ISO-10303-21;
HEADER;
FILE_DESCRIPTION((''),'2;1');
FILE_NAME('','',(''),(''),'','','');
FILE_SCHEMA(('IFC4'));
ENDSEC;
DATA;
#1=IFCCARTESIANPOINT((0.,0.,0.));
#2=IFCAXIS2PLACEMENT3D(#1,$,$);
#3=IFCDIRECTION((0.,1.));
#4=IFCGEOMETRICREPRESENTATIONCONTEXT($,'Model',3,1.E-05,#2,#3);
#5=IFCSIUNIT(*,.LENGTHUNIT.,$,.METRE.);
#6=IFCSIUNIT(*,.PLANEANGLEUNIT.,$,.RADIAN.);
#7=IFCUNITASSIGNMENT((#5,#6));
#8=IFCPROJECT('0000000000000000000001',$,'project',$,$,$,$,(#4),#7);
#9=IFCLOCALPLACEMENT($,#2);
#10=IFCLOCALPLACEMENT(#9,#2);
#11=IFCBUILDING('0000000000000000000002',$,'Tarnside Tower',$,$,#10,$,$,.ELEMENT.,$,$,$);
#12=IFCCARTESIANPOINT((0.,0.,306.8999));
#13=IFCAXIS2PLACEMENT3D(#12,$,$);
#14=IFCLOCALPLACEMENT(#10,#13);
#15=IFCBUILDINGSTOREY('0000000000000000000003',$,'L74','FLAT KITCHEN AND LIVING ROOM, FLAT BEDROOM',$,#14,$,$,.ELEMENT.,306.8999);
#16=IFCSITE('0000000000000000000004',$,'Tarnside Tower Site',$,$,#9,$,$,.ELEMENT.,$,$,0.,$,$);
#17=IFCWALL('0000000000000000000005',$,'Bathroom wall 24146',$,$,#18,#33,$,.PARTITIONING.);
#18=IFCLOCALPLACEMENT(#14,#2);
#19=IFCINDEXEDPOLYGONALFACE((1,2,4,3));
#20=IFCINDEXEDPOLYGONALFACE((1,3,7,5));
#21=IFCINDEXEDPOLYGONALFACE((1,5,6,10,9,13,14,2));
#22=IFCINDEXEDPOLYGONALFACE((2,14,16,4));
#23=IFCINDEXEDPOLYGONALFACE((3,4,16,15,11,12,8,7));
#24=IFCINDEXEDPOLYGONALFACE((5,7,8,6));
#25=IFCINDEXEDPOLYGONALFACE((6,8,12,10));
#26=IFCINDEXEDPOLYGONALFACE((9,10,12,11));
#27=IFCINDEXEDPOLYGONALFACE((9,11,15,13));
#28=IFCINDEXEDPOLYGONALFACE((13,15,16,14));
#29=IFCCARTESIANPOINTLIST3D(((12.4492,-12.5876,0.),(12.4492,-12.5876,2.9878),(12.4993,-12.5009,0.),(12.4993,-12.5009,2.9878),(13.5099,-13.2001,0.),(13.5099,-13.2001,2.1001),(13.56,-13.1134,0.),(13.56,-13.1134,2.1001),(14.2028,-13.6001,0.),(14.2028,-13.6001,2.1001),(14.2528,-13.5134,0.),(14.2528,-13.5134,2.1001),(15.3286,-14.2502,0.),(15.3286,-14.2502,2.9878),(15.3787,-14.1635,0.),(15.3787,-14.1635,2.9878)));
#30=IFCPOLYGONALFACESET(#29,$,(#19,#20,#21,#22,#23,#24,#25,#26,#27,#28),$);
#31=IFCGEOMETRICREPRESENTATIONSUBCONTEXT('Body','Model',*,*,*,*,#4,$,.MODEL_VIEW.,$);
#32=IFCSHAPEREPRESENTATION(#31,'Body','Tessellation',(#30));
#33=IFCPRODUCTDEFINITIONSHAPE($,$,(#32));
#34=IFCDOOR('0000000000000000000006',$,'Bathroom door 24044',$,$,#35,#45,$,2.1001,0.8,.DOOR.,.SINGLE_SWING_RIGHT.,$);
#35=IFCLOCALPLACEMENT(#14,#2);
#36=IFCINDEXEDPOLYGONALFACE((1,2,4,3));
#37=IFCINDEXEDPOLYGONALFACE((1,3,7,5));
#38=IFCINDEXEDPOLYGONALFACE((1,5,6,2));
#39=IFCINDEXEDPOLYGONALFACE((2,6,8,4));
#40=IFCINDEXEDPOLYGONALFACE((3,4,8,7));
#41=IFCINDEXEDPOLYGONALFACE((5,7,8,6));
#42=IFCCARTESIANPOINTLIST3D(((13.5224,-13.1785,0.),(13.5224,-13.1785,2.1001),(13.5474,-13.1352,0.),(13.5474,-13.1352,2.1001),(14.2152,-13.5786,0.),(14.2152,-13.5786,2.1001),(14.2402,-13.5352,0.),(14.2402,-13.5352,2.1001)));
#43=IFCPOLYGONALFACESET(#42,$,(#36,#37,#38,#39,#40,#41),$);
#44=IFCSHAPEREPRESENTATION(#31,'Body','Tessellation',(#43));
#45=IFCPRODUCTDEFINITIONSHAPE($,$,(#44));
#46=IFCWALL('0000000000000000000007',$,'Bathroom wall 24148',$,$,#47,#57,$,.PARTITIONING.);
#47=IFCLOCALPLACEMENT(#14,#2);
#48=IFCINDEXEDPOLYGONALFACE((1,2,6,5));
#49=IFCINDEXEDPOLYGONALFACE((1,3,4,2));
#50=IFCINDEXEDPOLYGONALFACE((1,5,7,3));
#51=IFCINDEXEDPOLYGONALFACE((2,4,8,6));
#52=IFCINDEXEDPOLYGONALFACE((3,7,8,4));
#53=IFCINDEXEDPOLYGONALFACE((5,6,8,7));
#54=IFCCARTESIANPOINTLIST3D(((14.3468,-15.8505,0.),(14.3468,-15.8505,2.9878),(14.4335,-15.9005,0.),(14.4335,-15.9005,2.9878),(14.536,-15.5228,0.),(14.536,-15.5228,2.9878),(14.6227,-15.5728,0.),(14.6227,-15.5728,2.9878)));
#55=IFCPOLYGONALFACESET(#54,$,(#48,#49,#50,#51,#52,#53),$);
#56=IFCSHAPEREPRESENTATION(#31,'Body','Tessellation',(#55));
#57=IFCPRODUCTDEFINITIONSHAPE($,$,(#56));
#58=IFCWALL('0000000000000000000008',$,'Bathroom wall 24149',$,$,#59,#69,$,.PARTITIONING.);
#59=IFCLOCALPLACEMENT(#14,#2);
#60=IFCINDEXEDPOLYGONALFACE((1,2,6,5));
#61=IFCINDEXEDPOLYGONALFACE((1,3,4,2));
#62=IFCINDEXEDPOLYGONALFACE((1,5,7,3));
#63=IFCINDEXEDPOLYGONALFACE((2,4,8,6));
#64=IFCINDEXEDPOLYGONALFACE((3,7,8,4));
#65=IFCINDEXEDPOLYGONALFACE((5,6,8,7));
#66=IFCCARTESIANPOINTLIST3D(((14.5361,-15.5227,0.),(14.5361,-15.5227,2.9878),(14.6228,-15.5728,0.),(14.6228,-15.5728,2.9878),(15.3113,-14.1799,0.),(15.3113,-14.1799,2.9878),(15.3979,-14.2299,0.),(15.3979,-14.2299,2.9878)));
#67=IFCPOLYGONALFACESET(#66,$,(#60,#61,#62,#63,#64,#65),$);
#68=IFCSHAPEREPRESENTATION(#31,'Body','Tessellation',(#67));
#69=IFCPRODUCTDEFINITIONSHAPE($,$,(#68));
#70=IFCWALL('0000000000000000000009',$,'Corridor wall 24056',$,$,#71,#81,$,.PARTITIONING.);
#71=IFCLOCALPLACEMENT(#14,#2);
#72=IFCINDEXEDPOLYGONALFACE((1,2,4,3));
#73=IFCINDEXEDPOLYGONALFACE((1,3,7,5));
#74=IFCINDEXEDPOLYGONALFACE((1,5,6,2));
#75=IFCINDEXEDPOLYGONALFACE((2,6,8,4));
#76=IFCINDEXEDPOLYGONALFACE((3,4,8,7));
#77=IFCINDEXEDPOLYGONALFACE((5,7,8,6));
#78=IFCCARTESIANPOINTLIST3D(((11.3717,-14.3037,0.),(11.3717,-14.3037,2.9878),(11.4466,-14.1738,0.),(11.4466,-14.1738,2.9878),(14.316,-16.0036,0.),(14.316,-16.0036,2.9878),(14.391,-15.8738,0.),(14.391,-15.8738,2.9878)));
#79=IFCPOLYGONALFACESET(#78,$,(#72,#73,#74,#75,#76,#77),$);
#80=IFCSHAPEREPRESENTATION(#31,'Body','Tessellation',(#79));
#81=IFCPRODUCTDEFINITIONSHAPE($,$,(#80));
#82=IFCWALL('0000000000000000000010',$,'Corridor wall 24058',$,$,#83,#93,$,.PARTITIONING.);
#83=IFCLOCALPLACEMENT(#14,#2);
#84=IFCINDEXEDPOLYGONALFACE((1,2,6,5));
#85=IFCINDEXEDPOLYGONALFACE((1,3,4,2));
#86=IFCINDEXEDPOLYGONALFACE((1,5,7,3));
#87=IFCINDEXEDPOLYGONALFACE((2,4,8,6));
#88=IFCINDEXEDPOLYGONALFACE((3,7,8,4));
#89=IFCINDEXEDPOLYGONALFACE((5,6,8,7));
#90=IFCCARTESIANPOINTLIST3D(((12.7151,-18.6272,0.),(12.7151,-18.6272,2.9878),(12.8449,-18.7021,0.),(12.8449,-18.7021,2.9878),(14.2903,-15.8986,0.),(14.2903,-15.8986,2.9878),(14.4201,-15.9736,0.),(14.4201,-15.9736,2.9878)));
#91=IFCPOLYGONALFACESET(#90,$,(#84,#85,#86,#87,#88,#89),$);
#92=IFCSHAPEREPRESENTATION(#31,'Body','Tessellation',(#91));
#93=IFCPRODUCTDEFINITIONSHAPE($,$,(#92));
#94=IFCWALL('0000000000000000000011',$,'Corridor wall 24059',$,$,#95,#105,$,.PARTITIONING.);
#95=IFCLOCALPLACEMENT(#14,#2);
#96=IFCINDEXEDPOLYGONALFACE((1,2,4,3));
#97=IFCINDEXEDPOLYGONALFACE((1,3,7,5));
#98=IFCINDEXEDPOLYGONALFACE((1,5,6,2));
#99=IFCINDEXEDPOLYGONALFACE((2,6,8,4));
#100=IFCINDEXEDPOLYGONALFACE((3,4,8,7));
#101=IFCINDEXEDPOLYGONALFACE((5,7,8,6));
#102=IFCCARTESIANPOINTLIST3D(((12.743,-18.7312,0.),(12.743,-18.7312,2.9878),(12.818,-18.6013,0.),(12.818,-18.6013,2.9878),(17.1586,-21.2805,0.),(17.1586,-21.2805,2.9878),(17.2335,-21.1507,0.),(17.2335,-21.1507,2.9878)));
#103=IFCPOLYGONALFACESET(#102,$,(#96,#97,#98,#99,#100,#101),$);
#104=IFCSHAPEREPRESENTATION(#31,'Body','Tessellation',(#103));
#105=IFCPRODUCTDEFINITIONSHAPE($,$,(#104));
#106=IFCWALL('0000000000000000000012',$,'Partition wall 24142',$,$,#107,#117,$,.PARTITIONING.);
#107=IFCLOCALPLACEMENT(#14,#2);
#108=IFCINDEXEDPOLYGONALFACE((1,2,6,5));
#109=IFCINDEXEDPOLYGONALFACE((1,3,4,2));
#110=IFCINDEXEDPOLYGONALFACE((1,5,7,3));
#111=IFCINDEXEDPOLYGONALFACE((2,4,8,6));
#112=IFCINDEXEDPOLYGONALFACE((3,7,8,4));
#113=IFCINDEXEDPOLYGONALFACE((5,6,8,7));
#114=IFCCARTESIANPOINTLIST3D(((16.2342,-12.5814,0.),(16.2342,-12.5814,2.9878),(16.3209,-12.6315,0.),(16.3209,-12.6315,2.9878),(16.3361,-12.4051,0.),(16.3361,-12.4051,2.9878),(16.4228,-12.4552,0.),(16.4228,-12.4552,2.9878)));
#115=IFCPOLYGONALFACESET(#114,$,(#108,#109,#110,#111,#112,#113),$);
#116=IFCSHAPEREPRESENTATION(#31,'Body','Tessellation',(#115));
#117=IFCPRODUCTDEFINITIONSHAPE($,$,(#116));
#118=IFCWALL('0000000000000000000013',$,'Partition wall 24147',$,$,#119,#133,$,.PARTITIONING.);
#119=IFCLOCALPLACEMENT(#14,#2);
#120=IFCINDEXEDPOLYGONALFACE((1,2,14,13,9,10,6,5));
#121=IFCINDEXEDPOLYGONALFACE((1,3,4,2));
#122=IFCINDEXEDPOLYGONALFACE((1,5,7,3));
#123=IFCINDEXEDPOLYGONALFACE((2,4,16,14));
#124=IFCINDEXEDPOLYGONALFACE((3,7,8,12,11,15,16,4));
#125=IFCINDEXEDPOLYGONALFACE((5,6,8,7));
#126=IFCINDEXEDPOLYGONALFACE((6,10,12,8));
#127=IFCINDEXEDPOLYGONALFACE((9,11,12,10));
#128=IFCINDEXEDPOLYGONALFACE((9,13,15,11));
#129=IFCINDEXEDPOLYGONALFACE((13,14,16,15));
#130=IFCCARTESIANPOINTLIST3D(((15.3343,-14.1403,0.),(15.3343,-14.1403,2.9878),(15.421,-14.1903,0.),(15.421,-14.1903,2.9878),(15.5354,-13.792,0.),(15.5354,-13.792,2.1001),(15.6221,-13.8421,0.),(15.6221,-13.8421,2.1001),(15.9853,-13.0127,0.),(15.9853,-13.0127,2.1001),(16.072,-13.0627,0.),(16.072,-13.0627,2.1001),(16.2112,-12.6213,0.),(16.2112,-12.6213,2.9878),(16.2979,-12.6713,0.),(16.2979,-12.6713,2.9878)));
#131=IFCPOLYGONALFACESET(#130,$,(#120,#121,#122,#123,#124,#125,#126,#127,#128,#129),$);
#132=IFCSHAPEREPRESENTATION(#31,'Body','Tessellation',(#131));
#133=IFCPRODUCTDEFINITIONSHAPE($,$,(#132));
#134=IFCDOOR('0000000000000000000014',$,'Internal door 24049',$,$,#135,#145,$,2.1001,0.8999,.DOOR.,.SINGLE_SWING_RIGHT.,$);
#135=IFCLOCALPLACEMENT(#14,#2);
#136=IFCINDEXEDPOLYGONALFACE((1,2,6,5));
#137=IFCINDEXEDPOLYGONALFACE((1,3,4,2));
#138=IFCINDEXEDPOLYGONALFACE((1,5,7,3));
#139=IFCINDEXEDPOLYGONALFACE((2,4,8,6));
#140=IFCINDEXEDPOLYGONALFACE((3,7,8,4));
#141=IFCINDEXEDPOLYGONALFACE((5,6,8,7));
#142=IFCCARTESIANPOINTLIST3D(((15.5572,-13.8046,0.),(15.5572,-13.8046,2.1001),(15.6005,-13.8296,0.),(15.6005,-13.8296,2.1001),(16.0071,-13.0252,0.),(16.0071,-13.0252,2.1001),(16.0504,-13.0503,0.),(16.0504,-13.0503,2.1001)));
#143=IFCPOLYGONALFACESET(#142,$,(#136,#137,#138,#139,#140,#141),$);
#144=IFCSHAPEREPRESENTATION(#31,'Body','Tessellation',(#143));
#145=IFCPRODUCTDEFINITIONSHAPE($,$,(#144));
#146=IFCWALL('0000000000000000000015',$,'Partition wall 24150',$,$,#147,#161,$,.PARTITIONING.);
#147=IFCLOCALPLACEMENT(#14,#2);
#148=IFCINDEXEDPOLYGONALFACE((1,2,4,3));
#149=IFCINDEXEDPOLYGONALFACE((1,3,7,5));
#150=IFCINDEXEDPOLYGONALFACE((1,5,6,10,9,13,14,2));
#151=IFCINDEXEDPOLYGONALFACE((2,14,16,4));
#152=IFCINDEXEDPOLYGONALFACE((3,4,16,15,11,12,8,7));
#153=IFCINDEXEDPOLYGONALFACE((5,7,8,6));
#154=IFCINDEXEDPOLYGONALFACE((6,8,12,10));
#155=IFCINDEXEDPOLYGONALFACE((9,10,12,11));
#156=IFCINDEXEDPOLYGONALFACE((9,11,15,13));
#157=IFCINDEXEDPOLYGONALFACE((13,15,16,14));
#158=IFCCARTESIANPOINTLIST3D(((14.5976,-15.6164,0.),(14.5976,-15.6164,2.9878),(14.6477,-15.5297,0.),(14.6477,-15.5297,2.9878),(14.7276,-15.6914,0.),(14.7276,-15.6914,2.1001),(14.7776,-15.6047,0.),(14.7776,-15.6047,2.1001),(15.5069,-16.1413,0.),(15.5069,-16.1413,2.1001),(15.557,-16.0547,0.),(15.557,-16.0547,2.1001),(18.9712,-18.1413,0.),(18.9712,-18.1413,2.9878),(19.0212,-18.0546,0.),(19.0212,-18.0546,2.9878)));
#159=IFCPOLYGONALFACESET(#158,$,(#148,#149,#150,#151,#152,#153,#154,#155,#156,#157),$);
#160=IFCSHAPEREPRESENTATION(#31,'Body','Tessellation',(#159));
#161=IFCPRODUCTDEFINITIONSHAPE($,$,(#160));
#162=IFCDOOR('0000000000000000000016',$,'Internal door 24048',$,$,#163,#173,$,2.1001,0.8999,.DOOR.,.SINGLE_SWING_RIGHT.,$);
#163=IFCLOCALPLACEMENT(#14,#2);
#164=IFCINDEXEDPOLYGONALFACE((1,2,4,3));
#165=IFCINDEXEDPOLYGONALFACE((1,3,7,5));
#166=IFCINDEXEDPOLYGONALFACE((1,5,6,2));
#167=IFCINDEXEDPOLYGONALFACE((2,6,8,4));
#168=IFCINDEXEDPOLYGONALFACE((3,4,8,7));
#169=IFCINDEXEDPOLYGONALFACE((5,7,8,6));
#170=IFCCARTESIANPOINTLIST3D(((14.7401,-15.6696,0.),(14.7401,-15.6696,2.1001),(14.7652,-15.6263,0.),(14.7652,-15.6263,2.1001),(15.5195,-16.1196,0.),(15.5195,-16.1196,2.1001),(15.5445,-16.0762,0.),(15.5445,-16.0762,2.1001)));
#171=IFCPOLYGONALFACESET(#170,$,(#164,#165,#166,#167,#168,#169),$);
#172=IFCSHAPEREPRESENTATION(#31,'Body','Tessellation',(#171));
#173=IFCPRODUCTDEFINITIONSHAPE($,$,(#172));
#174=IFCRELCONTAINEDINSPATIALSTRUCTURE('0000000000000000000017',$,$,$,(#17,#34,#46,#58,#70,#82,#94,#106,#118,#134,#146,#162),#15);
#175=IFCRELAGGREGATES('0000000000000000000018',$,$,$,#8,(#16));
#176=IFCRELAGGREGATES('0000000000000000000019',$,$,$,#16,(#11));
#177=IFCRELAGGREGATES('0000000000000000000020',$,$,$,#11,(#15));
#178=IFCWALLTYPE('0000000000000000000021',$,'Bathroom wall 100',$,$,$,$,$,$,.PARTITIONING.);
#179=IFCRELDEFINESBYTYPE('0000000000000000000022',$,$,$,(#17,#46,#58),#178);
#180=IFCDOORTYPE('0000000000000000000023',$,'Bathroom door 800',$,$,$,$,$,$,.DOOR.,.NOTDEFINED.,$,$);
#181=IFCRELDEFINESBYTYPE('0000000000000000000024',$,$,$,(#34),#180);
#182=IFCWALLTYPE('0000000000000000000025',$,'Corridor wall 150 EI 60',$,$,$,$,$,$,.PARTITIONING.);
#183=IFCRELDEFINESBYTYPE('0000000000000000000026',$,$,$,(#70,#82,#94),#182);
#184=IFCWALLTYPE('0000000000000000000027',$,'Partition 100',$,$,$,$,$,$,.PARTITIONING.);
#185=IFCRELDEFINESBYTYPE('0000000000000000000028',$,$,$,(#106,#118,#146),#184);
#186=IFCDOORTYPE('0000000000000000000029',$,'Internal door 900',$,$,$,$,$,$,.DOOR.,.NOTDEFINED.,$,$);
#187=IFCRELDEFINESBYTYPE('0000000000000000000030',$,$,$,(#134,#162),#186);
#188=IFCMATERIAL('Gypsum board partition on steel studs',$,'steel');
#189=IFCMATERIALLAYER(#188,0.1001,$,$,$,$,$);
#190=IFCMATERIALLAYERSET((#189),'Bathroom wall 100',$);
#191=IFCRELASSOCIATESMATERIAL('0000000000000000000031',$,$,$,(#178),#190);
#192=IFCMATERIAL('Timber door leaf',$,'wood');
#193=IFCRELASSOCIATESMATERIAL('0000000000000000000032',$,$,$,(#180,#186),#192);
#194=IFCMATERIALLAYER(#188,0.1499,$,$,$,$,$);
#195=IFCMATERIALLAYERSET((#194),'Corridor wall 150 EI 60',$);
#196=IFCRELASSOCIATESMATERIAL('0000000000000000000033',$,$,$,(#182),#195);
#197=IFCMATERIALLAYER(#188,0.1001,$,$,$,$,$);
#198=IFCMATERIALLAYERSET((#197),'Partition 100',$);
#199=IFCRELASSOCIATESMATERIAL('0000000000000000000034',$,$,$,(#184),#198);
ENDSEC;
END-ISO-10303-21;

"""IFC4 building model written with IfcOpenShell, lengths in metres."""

from ifc_helpers import new_model, si_unit, direction, frame, frame_2d, origin, place, context, subcontext, project, spatial, rectangle, extrude, material, layer, layer_set, type_object, element, fill, save


model = new_model("IFC4")

# Units and contexts
model_context = context("Model", 3, precision=1e-05, world=origin(), true_north=direction((0.0, 1.0)))
body_context = subcontext(model_context, "Body", "Model", "MODEL_VIEW")
ifc_project = project(units=[si_unit("LENGTHUNIT", "METRE"), si_unit("PLANEANGLEUNIT", "RADIAN")], contexts=[model_context])

# Site, building, storey
site_placement = place(None, origin())
site = spatial("IfcSite", under=ifc_project, at=site_placement, Name="Tarnside Tower Site", CompositionType="ELEMENT", RefElevation=0.0)
building_placement = place(site_placement, origin())
building = spatial("IfcBuilding", under=site, at=building_placement, Name="Tarnside Tower", CompositionType="ELEMENT")
storey_placement = place(building_placement, frame((0.0, 0.0, 306.8999)))
storey = spatial("IfcBuildingStorey", under=building, at=storey_placement, Name="L74", Description="FLAT KITCHEN AND LIVING ROOM, FLAT BEDROOM", CompositionType="ELEMENT", Elevation=306.8999)

# Wall, opening, door
ifc_material_1 = material(Name="Gypsum board partition on steel studs", Category="steel")
ifc_layer_1 = layer(ifc_material_1, 0.1001)
ifc_layer_set_1 = layer_set([ifc_layer_1], Name="Bathroom wall 100")
wall_type_1 = type_object("IfcWallType", Name="Bathroom wall 100", PredefinedType="PARTITIONING", material=ifc_layer_set_1)
wall_1_placement = place(storey_placement, frame((12.4741, -12.5442, 0.0), z_axis=(0.0, 0.0, 1.0), x_axis=(0.866002, -0.50004, 0.0)))
wall_1 = element("IfcWall", 1, at=wall_1_placement, inside=storey, type_object=wall_type_1, Name="Bathroom wall 24146", PredefinedType="PARTITIONING", context=body_context, shape_type="SweptSolid", body=[
    extrude(rectangle(XDim=3.325, YDim=0.1001, at=frame_2d((1.6626, 0.0))), origin(), (0.0, 0.0, 1.0), 2.9878),
])
opening_1_placement = place(wall_1_placement, frame((1.2251, 0.0, 0.0)))
opening_1 = element("IfcOpeningElement", 2, at=opening_1_placement, cuts=wall_1, PredefinedType="OPENING", context=body_context, shape_type="SweptSolid", body=[
    extrude(rectangle(XDim=0.8, YDim=2.1001, at=frame_2d((0.3999, 1.05))), frame((0.0, 0.0601, 0.0), z_axis=(0.0, -1.0, 0.0), x_axis=(1.0, 0.0, 0.0)), (0.0, 0.0, 1.0), 0.1201),
])
ifc_material_2 = material(Name="Timber door leaf", Category="wood")
door_type_1 = type_object("IfcDoorType", Name="Bathroom door 800", OperationType="NOTDEFINED", PredefinedType="DOOR", material=ifc_material_2)
door_1_placement = place(opening_1_placement, origin())
door_1 = element("IfcDoor", 3, at=door_1_placement, inside=storey, type_object=door_type_1, Name="Bathroom door 24044", OperationType="SINGLE_SWING_RIGHT", OverallHeight=2.1001, OverallWidth=0.8, PredefinedType="DOOR", context=body_context, shape_type="SweptSolid", body=[
    extrude(rectangle(XDim=0.8, YDim=2.1001, at=frame_2d((0.3999, 1.05))), frame((0.0, 0.0249, 0.0), z_axis=(0.0, -1.0, 0.0), x_axis=(1.0, 0.0, 0.0)), (0.0, 0.0, 1.0), 0.05),
])
fill(opening_1, door_1)

# Walls
wall_2_placement = place(storey_placement, frame((14.3901, -15.8755, 0.0), z_axis=(0.0, 0.0, 1.0), x_axis=(0.500095, 0.865971, 0.0)))
element("IfcWall", 4, at=wall_2_placement, inside=storey, type_object=wall_type_1, Name="Bathroom wall 24148", PredefinedType="PARTITIONING", context=body_context, shape_type="SweptSolid", body=[
    extrude(rectangle(XDim=0.3784, YDim=0.1001, at=frame_2d((0.1892, 0.0))), origin(), (0.0, 0.0, 1.0), 2.9878),
])
wall_3_placement = place(storey_placement, frame((14.5793, -15.5479, 0.0), z_axis=(0.0, 0.0, 1.0), x_axis=(0.49995, 0.866054, 0.0)))
element("IfcWall", 5, at=wall_3_placement, inside=storey, type_object=wall_type_1, Name="Bathroom wall 24149", PredefinedType="PARTITIONING", context=body_context, shape_type="SweptSolid", body=[
    extrude(rectangle(XDim=1.5505, YDim=0.1001, at=frame_2d((0.7754, 0.0))), origin(), (0.0, 0.0, 1.0), 2.9878),
])
ifc_layer_2 = layer(ifc_material_1, 0.1499)
ifc_layer_set_2 = layer_set([ifc_layer_2], Name="Corridor wall 150 EI 60")
wall_type_2 = type_object("IfcWallType", Name="Corridor wall 150 EI 60", PredefinedType="PARTITIONING", material=ifc_layer_set_2)
wall_4_placement = place(storey_placement, frame((14.3535, -15.9387, 0.0), z_axis=(0.0, 0.0, 1.0), x_axis=(-0.866021, 0.500008, 0.0)))
element("IfcWall", 6, at=wall_4_placement, inside=storey, type_object=wall_type_2, Name="Corridor wall 24056", PredefinedType="PARTITIONING", context=body_context, shape_type="SweptSolid", body=[
    extrude(rectangle(XDim=3.3999, YDim=0.1499, at=frame_2d((1.7, 0.0))), origin(), (0.0, 0.0, 1.0), 2.9878),
])
wall_5_placement = place(storey_placement, frame((12.78, -18.6646, 0.0), z_axis=(0.0, 0.0, 1.0), x_axis=(0.499973, 0.866041, 0.0)))
element("IfcWall", 7, at=wall_5_placement, inside=storey, type_object=wall_type_2, Name="Corridor wall 24058", PredefinedType="PARTITIONING", context=body_context, shape_type="SweptSolid", body=[
    extrude(rectangle(XDim=3.1506, YDim=0.1499, at=frame_2d((1.5752, 0.0))), origin(), (0.0, 0.0, 1.0), 2.9878),
])
wall_6_placement = place(storey_placement, frame((17.196, -21.2156, 0.0), z_axis=(0.0, 0.0, 1.0), x_axis=(-0.866025, 0.500002, 0.0)))
element("IfcWall", 8, at=wall_6_placement, inside=storey, type_object=wall_type_2, Name="Corridor wall 24059", PredefinedType="PARTITIONING", context=body_context, shape_type="SweptSolid", body=[
    extrude(rectangle(XDim=5.0986, YDim=0.1499, at=frame_2d((2.5493, 0.0))), origin(), (0.0, 0.0, 1.0), 2.9878),
])
ifc_layer_3 = layer(ifc_material_1, 0.1001)
ifc_layer_set_3 = layer_set([ifc_layer_3], Name="Partition 100")
wall_type_3 = type_object("IfcWallType", Name="Partition 100", PredefinedType="PARTITIONING", material=ifc_layer_set_3)
wall_7_placement = place(storey_placement, frame((16.2776, -12.6064, 0.0), z_axis=(0.0, 0.0, 1.0), x_axis=(0.500138, 0.865946, 0.0)))
element("IfcWall", 9, at=wall_7_placement, inside=storey, type_object=wall_type_3, Name="Partition wall 24142", PredefinedType="PARTITIONING", context=body_context, shape_type="SweptSolid", body=[
    extrude(rectangle(XDim=0.2036, YDim=0.1001, at=frame_2d((0.1018, 0.0))), origin(), (0.0, 0.0, 1.0), 2.9878),
])

# Walls, openings, doors
wall_8_placement = place(storey_placement, frame((15.3777, -14.1653, 0.0), z_axis=(0.0, 0.0, 1.0), x_axis=(0.499971, 0.866042, 0.0)))
wall_8 = element("IfcWall", 10, at=wall_8_placement, inside=storey, type_object=wall_type_3, Name="Partition wall 24147", PredefinedType="PARTITIONING", context=body_context, shape_type="SweptSolid", body=[
    extrude(rectangle(XDim=1.7539, YDim=0.1001, at=frame_2d((0.877, 0.0))), origin(), (0.0, 0.0, 1.0), 2.9878),
])
opening_2_placement = place(wall_8_placement, frame((0.4021, 0.0, 0.0)))
opening_2 = element("IfcOpeningElement", 11, at=opening_2_placement, cuts=wall_8, PredefinedType="OPENING", context=body_context, shape_type="SweptSolid", body=[
    extrude(rectangle(XDim=0.8999, YDim=2.1001, at=frame_2d((0.45, 1.05))), frame((0.0, 0.0601, 0.0), z_axis=(0.0, -1.0, 0.0), x_axis=(1.0, 0.0, 0.0)), (0.0, 0.0, 1.0), 0.1201),
])
door_type_2 = type_object("IfcDoorType", Name="Internal door 900", OperationType="NOTDEFINED", PredefinedType="DOOR", material=ifc_material_2)
door_2_placement = place(opening_2_placement, origin())
door_2 = element("IfcDoor", 12, at=door_2_placement, inside=storey, type_object=door_type_2, Name="Internal door 24049", OperationType="SINGLE_SWING_RIGHT", OverallHeight=2.1001, OverallWidth=0.8999, PredefinedType="DOOR", context=body_context, shape_type="SweptSolid", body=[
    extrude(rectangle(XDim=0.8999, YDim=2.1001, at=frame_2d((0.45, 1.05))), frame((0.0, 0.0249, 0.0), z_axis=(0.0, -1.0, 0.0), x_axis=(1.0, 0.0, 0.0)), (0.0, 0.0, 1.0), 0.05),
])
fill(opening_2, door_2)
wall_9_placement = place(storey_placement, frame((18.9961, -18.0979, 0.0), z_axis=(0.0, 0.0, 1.0), x_axis=(-0.866039, 0.499976, 0.0)))
wall_9 = element("IfcWall", 13, at=wall_9_placement, inside=storey, type_object=wall_type_3, Name="Partition wall 24150", PredefinedType="PARTITIONING", context=body_context, shape_type="SweptSolid", body=[
    extrude(rectangle(XDim=5.05, YDim=0.1001, at=frame_2d((2.5249, 0.0))), origin(), (0.0, 0.0, 1.0), 2.9878),
])
opening_3_placement = place(wall_9_placement, frame((4.0, 0.0, 0.0)))
opening_3 = element("IfcOpeningElement", 14, at=opening_3_placement, cuts=wall_9, PredefinedType="OPENING", context=body_context, shape_type="SweptSolid", body=[
    extrude(rectangle(XDim=0.8999, YDim=2.1001, at=frame_2d((0.45, 1.05))), frame((0.0, 0.0601, 0.0), z_axis=(0.0, -1.0, 0.0), x_axis=(1.0, 0.0, 0.0)), (0.0, 0.0, 1.0), 0.1201),
])
door_3_placement = place(opening_3_placement, origin())
door_3 = element("IfcDoor", 15, at=door_3_placement, inside=storey, type_object=door_type_2, Name="Internal door 24048", OperationType="SINGLE_SWING_RIGHT", OverallHeight=2.1001, OverallWidth=0.8999, PredefinedType="DOOR", context=body_context, shape_type="SweptSolid", body=[
    extrude(rectangle(XDim=0.8999, YDim=2.1001, at=frame_2d((0.45, 1.05))), frame((0.0, 0.0249, 0.0), z_axis=(0.0, -1.0, 0.0), x_axis=(1.0, 0.0, 0.0)), (0.0, 0.0, 1.0), 0.05),
])
fill(opening_3, door_3)

save(model, "model.ifc")
